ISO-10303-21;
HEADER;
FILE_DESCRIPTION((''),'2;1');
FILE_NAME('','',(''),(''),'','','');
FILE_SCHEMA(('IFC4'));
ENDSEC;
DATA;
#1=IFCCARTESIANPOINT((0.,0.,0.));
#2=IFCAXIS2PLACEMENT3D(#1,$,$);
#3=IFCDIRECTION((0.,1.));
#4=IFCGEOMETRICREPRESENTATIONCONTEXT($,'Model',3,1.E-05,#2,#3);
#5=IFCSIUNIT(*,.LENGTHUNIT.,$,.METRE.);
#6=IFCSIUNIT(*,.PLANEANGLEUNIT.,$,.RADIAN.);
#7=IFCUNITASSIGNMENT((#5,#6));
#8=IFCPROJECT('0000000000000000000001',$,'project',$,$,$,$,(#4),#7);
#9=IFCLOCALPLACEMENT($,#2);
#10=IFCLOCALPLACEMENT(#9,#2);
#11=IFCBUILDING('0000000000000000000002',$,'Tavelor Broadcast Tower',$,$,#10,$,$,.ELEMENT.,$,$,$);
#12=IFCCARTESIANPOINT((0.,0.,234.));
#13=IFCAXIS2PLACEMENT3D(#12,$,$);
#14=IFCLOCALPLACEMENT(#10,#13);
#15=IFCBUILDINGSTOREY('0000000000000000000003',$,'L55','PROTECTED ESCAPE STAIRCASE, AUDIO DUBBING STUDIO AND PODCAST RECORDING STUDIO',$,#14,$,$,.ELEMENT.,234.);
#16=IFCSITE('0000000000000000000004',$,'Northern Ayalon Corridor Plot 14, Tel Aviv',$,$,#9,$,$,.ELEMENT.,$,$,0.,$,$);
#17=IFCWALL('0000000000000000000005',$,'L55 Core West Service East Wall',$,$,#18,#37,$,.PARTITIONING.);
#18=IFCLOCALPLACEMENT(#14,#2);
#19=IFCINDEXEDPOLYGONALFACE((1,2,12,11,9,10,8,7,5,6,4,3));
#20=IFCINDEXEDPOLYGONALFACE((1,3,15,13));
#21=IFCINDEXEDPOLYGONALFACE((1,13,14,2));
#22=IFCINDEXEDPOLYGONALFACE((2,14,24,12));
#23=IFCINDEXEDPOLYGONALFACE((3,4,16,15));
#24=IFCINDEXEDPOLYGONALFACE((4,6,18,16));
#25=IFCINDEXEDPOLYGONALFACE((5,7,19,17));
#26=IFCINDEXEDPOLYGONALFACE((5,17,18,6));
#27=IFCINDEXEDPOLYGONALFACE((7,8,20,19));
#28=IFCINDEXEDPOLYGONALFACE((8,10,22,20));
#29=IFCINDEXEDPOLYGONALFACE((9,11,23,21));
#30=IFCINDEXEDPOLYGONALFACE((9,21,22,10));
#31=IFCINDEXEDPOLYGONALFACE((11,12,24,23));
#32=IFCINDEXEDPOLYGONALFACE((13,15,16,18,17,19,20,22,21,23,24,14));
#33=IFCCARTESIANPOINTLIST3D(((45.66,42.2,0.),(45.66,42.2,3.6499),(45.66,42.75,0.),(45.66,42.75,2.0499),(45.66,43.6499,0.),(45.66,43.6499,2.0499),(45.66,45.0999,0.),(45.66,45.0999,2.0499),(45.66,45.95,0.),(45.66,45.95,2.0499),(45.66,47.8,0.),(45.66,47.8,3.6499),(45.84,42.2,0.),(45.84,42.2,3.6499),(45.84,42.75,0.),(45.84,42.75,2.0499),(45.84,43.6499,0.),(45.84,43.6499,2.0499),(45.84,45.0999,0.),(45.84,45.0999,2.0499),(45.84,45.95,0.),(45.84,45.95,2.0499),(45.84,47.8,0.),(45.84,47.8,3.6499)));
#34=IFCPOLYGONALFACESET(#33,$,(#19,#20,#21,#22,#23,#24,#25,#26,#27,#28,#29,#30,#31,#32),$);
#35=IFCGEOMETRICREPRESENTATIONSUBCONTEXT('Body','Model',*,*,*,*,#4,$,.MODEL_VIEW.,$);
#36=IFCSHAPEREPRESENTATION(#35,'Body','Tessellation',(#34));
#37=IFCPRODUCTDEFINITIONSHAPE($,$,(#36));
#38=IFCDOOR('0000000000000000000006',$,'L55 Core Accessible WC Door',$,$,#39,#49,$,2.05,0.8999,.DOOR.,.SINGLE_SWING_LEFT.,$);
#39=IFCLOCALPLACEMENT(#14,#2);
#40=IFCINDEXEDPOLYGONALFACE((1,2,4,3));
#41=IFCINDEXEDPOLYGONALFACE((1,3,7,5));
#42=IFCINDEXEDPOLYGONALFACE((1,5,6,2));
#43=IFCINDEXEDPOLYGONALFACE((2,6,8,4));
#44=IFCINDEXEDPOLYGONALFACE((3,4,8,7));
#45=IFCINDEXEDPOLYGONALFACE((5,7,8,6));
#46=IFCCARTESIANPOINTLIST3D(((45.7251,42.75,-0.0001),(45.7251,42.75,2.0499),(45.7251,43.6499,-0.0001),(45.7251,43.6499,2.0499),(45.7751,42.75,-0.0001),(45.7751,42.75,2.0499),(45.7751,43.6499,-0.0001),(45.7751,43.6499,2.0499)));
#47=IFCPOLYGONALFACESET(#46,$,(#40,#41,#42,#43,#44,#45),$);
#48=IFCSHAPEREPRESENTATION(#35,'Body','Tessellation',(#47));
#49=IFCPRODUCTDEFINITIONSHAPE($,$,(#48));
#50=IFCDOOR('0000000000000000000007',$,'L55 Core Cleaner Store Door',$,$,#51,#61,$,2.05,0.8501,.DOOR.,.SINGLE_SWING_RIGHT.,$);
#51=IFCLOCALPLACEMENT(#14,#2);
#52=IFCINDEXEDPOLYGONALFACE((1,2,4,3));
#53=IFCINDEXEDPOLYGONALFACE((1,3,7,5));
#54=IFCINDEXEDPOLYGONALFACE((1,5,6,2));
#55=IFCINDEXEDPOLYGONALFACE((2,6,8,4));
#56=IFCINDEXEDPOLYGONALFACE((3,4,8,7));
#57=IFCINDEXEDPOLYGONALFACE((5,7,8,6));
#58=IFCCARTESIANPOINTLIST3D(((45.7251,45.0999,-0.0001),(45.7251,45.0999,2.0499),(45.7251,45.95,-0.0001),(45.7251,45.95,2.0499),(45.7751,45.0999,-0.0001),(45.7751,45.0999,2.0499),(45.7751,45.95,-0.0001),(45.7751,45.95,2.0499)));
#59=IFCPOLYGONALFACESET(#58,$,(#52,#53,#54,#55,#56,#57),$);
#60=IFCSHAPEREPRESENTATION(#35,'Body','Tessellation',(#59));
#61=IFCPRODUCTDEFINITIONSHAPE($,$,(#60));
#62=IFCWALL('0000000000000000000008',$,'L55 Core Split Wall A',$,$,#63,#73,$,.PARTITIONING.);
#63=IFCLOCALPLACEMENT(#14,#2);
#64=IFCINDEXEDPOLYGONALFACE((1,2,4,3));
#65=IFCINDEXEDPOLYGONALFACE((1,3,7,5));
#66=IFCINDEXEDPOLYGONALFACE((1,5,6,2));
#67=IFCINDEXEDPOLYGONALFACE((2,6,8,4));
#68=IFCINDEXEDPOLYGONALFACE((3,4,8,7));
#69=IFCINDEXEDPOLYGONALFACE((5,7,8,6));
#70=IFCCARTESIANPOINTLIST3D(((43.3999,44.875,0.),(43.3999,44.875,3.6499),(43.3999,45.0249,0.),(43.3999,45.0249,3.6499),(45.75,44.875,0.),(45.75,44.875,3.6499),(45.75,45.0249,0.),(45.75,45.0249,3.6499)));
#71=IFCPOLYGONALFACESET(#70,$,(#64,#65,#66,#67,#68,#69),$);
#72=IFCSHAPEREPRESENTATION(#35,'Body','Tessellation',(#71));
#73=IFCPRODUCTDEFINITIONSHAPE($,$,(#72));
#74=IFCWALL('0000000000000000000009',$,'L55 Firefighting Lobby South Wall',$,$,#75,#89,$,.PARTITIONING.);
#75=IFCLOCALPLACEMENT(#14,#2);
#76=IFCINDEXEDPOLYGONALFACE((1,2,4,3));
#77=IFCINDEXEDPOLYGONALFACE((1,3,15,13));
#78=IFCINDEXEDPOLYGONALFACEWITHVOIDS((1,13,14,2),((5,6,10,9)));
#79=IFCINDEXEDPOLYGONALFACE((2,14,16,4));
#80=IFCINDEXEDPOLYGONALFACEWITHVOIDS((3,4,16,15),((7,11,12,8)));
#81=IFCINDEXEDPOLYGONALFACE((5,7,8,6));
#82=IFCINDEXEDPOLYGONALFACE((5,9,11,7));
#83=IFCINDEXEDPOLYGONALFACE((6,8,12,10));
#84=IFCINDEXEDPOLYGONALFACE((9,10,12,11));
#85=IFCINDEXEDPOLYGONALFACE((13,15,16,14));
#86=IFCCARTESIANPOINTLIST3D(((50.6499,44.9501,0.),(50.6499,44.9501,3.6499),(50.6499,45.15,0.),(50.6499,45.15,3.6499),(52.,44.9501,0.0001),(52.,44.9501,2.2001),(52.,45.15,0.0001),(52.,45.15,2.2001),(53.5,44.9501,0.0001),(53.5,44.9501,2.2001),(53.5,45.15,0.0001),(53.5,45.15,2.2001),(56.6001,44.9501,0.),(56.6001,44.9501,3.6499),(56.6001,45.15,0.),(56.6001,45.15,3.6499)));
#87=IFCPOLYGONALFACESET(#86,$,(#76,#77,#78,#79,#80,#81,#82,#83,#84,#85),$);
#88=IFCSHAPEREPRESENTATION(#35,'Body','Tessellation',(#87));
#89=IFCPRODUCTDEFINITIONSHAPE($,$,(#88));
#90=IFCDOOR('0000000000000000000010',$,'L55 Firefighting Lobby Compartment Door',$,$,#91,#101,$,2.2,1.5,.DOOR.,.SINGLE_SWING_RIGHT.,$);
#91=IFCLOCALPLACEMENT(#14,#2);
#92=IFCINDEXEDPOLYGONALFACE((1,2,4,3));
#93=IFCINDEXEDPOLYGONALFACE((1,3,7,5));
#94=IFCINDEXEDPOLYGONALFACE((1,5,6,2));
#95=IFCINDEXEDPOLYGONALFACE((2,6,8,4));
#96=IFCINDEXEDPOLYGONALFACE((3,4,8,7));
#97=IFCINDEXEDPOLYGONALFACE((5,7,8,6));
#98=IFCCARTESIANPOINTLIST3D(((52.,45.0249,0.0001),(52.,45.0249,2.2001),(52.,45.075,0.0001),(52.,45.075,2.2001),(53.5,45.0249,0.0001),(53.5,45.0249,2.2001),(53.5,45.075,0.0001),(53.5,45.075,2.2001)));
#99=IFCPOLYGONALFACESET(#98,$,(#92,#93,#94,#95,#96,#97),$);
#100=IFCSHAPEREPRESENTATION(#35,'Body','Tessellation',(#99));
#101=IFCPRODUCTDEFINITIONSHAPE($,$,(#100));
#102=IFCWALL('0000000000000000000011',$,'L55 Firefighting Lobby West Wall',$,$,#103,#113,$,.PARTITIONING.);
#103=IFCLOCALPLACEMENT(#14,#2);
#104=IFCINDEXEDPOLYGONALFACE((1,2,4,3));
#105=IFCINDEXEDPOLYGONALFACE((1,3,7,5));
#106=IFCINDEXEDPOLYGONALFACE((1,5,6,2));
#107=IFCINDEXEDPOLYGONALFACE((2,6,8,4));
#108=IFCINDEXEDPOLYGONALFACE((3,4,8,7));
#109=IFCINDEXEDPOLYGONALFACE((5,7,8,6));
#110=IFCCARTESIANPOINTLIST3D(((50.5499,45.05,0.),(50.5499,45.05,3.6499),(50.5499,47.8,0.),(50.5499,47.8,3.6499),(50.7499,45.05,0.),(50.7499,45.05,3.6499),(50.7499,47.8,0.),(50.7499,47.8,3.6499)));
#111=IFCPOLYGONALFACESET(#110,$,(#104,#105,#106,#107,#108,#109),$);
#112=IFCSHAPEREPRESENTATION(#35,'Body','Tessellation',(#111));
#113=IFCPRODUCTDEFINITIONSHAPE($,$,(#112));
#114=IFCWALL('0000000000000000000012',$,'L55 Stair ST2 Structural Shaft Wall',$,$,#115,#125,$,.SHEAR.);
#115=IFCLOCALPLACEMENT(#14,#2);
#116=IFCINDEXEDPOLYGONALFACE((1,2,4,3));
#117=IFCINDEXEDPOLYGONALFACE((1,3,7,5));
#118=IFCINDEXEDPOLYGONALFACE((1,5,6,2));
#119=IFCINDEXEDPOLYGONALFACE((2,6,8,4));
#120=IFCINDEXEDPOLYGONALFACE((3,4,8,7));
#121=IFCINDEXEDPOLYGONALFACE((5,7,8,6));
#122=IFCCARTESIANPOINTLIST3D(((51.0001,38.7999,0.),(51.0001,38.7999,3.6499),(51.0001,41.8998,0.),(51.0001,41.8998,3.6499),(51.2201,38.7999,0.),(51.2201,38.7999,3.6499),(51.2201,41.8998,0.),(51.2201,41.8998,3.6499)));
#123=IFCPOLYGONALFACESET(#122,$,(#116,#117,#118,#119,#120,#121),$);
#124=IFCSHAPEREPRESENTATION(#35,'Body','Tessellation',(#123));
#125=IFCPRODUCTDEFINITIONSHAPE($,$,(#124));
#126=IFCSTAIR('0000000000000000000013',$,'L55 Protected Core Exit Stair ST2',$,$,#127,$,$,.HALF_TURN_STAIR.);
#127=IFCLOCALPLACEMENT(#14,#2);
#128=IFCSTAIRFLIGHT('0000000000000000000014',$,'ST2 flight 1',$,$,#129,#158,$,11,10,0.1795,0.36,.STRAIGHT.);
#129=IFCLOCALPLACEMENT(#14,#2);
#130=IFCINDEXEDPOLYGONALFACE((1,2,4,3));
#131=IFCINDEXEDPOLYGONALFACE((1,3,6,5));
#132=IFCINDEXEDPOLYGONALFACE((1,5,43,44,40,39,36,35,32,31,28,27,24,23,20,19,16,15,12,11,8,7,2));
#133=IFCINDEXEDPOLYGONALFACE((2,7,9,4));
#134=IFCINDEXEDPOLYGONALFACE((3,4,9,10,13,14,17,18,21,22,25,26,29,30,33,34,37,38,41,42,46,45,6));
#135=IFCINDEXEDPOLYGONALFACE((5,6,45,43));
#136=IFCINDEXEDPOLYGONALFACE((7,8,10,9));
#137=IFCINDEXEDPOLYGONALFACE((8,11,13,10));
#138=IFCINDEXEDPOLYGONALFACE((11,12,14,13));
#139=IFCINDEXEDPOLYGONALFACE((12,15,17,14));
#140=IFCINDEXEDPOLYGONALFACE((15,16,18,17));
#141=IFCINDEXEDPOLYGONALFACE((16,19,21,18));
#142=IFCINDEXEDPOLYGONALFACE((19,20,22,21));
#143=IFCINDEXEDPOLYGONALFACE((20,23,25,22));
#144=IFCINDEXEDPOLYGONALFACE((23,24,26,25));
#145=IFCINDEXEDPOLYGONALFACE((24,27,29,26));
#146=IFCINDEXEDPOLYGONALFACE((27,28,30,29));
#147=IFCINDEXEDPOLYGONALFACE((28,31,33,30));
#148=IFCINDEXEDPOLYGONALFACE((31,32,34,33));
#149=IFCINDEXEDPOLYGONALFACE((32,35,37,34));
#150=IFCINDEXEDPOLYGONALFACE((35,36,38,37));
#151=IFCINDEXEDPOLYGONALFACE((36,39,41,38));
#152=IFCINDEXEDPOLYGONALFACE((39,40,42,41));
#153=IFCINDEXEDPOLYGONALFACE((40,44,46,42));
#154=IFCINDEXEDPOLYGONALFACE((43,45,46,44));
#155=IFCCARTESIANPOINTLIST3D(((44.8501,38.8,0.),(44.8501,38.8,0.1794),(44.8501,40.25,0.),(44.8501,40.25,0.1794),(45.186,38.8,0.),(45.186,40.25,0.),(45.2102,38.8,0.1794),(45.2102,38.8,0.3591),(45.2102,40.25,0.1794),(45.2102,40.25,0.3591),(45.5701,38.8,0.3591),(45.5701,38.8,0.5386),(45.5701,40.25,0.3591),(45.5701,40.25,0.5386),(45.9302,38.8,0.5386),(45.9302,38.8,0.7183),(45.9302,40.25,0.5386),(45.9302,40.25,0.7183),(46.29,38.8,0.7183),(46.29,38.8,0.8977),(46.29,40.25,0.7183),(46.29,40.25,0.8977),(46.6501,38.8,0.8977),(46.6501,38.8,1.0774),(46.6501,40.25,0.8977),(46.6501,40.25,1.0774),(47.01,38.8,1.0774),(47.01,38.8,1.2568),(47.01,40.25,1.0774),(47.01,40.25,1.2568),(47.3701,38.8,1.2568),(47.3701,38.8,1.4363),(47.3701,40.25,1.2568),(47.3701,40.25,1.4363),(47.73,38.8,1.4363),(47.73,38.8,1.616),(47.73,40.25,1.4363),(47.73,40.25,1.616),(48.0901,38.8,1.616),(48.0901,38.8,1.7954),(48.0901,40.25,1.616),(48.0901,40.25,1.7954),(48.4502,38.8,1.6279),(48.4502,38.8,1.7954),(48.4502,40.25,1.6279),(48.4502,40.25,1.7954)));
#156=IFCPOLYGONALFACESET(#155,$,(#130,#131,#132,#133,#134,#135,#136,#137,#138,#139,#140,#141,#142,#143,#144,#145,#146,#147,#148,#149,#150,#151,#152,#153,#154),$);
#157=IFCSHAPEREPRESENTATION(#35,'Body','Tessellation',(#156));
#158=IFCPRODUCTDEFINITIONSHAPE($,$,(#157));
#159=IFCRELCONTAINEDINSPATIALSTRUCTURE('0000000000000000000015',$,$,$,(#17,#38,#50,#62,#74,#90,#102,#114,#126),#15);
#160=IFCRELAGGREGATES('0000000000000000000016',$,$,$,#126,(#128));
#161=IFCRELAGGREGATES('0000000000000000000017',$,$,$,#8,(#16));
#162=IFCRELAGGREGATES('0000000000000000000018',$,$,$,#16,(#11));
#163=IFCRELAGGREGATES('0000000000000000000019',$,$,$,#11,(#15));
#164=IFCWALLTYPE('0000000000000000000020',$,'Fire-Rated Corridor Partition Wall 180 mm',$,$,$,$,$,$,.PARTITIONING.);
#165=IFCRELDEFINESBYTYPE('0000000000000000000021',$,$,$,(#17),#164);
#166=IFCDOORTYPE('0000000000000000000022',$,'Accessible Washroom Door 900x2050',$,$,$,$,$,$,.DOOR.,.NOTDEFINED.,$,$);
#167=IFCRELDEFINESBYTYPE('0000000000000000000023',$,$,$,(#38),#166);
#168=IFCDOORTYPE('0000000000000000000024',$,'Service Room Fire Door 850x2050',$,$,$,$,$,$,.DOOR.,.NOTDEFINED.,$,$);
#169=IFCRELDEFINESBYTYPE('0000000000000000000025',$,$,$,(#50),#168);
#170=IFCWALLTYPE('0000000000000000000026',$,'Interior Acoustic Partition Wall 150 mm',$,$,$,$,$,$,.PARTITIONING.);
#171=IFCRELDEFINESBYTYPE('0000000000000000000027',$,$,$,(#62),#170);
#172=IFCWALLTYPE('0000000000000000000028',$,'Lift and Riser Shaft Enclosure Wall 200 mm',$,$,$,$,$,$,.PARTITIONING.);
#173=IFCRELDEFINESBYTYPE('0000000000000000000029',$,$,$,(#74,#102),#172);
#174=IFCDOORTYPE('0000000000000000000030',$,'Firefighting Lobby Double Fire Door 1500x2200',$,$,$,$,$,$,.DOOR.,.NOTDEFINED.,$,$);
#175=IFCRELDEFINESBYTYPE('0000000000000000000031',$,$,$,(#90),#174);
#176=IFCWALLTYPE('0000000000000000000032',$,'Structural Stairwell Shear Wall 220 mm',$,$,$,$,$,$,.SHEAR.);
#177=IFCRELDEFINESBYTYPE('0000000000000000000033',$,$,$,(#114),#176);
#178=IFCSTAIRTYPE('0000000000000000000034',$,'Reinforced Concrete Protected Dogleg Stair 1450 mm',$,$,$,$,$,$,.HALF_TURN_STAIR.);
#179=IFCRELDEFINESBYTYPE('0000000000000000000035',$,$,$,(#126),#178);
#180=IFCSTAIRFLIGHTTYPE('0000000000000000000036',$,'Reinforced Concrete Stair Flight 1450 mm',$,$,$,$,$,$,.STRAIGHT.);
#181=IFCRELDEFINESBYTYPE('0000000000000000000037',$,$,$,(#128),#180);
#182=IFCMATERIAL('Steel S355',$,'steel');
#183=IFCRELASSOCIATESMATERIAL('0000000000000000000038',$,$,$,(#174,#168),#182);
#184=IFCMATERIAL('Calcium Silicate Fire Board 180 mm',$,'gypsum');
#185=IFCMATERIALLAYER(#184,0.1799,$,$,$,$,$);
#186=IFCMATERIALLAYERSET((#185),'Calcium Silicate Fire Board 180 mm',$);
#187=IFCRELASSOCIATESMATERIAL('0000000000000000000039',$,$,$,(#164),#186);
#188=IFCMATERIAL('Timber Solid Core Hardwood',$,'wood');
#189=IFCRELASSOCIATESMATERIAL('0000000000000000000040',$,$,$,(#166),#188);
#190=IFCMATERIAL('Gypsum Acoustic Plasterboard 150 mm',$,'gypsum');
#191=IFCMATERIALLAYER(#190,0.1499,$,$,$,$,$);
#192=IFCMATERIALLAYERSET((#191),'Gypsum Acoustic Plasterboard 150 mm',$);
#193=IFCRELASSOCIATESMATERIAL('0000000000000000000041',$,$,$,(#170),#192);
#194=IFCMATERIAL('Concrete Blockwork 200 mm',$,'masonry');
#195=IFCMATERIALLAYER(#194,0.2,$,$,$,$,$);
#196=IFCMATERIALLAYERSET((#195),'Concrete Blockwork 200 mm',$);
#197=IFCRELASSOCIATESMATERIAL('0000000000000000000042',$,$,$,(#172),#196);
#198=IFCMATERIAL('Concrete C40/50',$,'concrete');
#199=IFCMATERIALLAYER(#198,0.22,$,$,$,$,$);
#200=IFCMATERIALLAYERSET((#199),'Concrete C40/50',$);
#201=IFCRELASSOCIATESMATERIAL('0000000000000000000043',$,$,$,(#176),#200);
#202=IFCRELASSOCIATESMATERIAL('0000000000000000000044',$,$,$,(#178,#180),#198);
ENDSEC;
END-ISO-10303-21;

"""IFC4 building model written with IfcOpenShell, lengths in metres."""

from ifc_helpers import new_model, si_unit, direction, frame, frame_2d, origin, place, context, subcontext, project, spatial, polyline, rectangle, outline, extrude, material, layer, layer_set, type_object, element, fill, aggregate, save


model = new_model("IFC4")

# Units and contexts
model_context = context("Model", 3, precision=1e-05, world=origin(), true_north=direction((0.0, 1.0)))
body_context = subcontext(model_context, "Body", "Model", "MODEL_VIEW")
ifc_project = project(units=[si_unit("LENGTHUNIT", "METRE"), si_unit("PLANEANGLEUNIT", "RADIAN")], contexts=[model_context])

# Site, building, storey
site_placement = place(None, origin())
site = spatial("IfcSite", under=ifc_project, at=site_placement, Name="Northern Ayalon Corridor Plot 14, Tel Aviv", CompositionType="ELEMENT", RefElevation=0.0)
building_placement = place(site_placement, origin())
building = spatial("IfcBuilding", under=site, at=building_placement, Name="Tavelor Broadcast Tower", CompositionType="ELEMENT")
storey_placement = place(building_placement, frame((0.0, 0.0, 234.0)))
storey = spatial("IfcBuildingStorey", under=building, at=storey_placement, Name="L55", Description="PROTECTED ESCAPE STAIRCASE, AUDIO DUBBING STUDIO AND PODCAST RECORDING STUDIO", CompositionType="ELEMENT", Elevation=234.0)

# Shared definitions
ifc_material_1 = material(Name="Concrete C40/50", Category="concrete")
ifc_material_2 = material(Name="Steel S355", Category="steel")

# Shared definitions
door_type_1 = type_object("IfcDoorType", Name="Firefighting Lobby Double Fire Door 1500x2200", OperationType="NOTDEFINED", PredefinedType="DOOR", material=ifc_material_2)

# Wall, openings, doors
ifc_material_3 = material(Name="Calcium Silicate Fire Board 180 mm", Category="gypsum")
ifc_layer_1 = layer(ifc_material_3, 0.1799)
ifc_layer_set_1 = layer_set([ifc_layer_1], Name="Calcium Silicate Fire Board 180 mm")
wall_type_1 = type_object("IfcWallType", Name="Fire-Rated Corridor Partition Wall 180 mm", PredefinedType="PARTITIONING", material=ifc_layer_set_1)
wall_1_placement = place(storey_placement, frame((45.75, 42.2, 0.0), z_axis=(0.0, 0.0, 1.0), x_axis=(0.0, 1.0, 0.0)))
wall_1 = element("IfcWall", 1, at=wall_1_placement, inside=storey, type_object=wall_type_1, Name="L55 Core West Service East Wall", PredefinedType="PARTITIONING", context=body_context, shape_type="SweptSolid", body=[
    extrude(rectangle(XDim=5.6001, YDim=0.1799, at=frame_2d((2.8, 0.0))), origin(), (0.0, 0.0, 1.0), 3.6499),
])
opening_1_placement = place(wall_1_placement, frame((0.55, 0.0, 0.0)))
opening_1 = element("IfcOpeningElement", 2, at=opening_1_placement, cuts=wall_1, PredefinedType="OPENING", context=body_context, shape_type="SweptSolid", body=[
    extrude(rectangle(XDim=0.8999, YDim=2.05, at=frame_2d((0.45, 1.0249))), frame((0.0, 0.1001, 0.0), z_axis=(0.0, -1.0, 0.0), x_axis=(1.0, 0.0, 0.0)), (0.0, 0.0, 1.0), 0.2),
])
opening_2_placement = place(wall_1_placement, frame((2.8999, 0.0, 0.0)))
opening_2 = element("IfcOpeningElement", 3, at=opening_2_placement, cuts=wall_1, PredefinedType="OPENING", context=body_context, shape_type="SweptSolid", body=[
    extrude(rectangle(XDim=0.8501, YDim=2.05, at=frame_2d((0.425, 1.0249))), frame((0.0, 0.1001, 0.0), z_axis=(0.0, -1.0, 0.0), x_axis=(1.0, 0.0, 0.0)), (0.0, 0.0, 1.0), 0.2),
])
ifc_material_4 = material(Name="Timber Solid Core Hardwood", Category="wood")
door_type_2 = type_object("IfcDoorType", Name="Accessible Washroom Door 900x2050", OperationType="NOTDEFINED", PredefinedType="DOOR", material=ifc_material_4)
door_1_placement = place(opening_1_placement, origin())
door_1 = element("IfcDoor", 4, at=door_1_placement, inside=storey, type_object=door_type_2, Name="L55 Core Accessible WC Door", OperationType="SINGLE_SWING_LEFT", OverallHeight=2.05, OverallWidth=0.8999, PredefinedType="DOOR", context=body_context, shape_type="SweptSolid", body=[
    extrude(rectangle(XDim=0.8999, YDim=2.05, at=frame_2d((0.45, 1.0249))), frame((0.0, 0.0249, 0.0), z_axis=(0.0, -1.0, 0.0), x_axis=(1.0, 0.0, 0.0)), (0.0, 0.0, 1.0), 0.05),
])
fill(opening_1, door_1)
door_type_3 = type_object("IfcDoorType", Name="Service Room Fire Door 850x2050", OperationType="NOTDEFINED", PredefinedType="DOOR", material=ifc_material_2)
door_2_placement = place(opening_2_placement, origin())
door_2 = element("IfcDoor", 5, at=door_2_placement, inside=storey, type_object=door_type_3, Name="L55 Core Cleaner Store Door", OperationType="SINGLE_SWING_RIGHT", OverallHeight=2.05, OverallWidth=0.8501, PredefinedType="DOOR", context=body_context, shape_type="SweptSolid", body=[
    extrude(rectangle(XDim=0.8501, YDim=2.05, at=frame_2d((0.425, 1.0249))), frame((0.0, 0.0249, 0.0), z_axis=(0.0, -1.0, 0.0), x_axis=(1.0, 0.0, 0.0)), (0.0, 0.0, 1.0), 0.05),
])
fill(opening_2, door_2)

# Wall
ifc_material_5 = material(Name="Gypsum Acoustic Plasterboard 150 mm", Category="gypsum")
ifc_layer_2 = layer(ifc_material_5, 0.1499)
ifc_layer_set_2 = layer_set([ifc_layer_2], Name="Gypsum Acoustic Plasterboard 150 mm")
wall_type_2 = type_object("IfcWallType", Name="Interior Acoustic Partition Wall 150 mm", PredefinedType="PARTITIONING", material=ifc_layer_set_2)
wall_2_placement = place(storey_placement, frame((43.3999, 44.95, 0.0), z_axis=(0.0, 0.0, 1.0), x_axis=(1.0, 0.0, 0.0)))
element("IfcWall", 6, at=wall_2_placement, inside=storey, type_object=wall_type_2, Name="L55 Core Split Wall A", PredefinedType="PARTITIONING", context=body_context, shape_type="SweptSolid", body=[
    extrude(rectangle(XDim=2.3501, YDim=0.1499, at=frame_2d((1.175, 0.0))), origin(), (0.0, 0.0, 1.0), 3.6499),
])

# Wall, opening, door
ifc_material_6 = material(Name="Concrete Blockwork 200 mm", Category="masonry")
ifc_layer_3 = layer(ifc_material_6, 0.2)
ifc_layer_set_3 = layer_set([ifc_layer_3], Name="Concrete Blockwork 200 mm")
wall_type_3 = type_object("IfcWallType", Name="Lift and Riser Shaft Enclosure Wall 200 mm", PredefinedType="PARTITIONING", material=ifc_layer_set_3)
wall_3_placement = place(storey_placement, frame((50.6499, 45.05, 0.0), z_axis=(0.0, 0.0, 1.0), x_axis=(1.0, 0.0, 0.0)))
wall_3 = element("IfcWall", 7, at=wall_3_placement, inside=storey, type_object=wall_type_3, Name="L55 Firefighting Lobby South Wall", PredefinedType="PARTITIONING", context=body_context, shape_type="SweptSolid", body=[
    extrude(rectangle(XDim=5.9502, YDim=0.2, at=frame_2d((2.9751, 0.0))), origin(), (0.0, 0.0, 1.0), 3.6499),
])
opening_3_placement = place(wall_3_placement, frame((1.3501, 0.0, 0.0)))
opening_3 = element("IfcOpeningElement", 8, at=opening_3_placement, cuts=wall_3, PredefinedType="OPENING", context=body_context, shape_type="SweptSolid", body=[
    extrude(rectangle(XDim=1.5, YDim=2.2, at=frame_2d((0.75, 1.1001))), frame((0.0, 0.1099, 0.0), z_axis=(0.0, -1.0, 0.0), x_axis=(1.0, 0.0, 0.0)), (0.0, 0.0, 1.0), 0.22),
])
door_3_placement = place(opening_3_placement, origin())
door_3 = element("IfcDoor", 9, at=door_3_placement, inside=storey, type_object=door_type_1, Name="L55 Firefighting Lobby Compartment Door", OperationType="SINGLE_SWING_RIGHT", OverallHeight=2.2, OverallWidth=1.5, PredefinedType="DOOR", context=body_context, shape_type="SweptSolid", body=[
    extrude(rectangle(XDim=1.5, YDim=2.2, at=frame_2d((0.75, 1.1001))), frame((0.0, 0.0249, 0.0), z_axis=(0.0, -1.0, 0.0), x_axis=(1.0, 0.0, 0.0)), (0.0, 0.0, 1.0), 0.05),
])
fill(opening_3, door_3)

# Walls
wall_4_placement = place(storey_placement, frame((50.6499, 45.05, 0.0), z_axis=(0.0, 0.0, 1.0), x_axis=(0.0, 1.0, 0.0)))
element("IfcWall", 10, at=wall_4_placement, inside=storey, type_object=wall_type_3, Name="L55 Firefighting Lobby West Wall", PredefinedType="PARTITIONING", context=body_context, shape_type="SweptSolid", body=[
    extrude(rectangle(XDim=2.75, YDim=0.2, at=frame_2d((1.375, 0.0))), origin(), (0.0, 0.0, 1.0), 3.6499),
])
ifc_layer_4 = layer(ifc_material_1, 0.22)
ifc_layer_set_4 = layer_set([ifc_layer_4], Name="Concrete C40/50")
wall_type_4 = type_object("IfcWallType", Name="Structural Stairwell Shear Wall 220 mm", PredefinedType="SHEAR", material=ifc_layer_set_4)
wall_5_placement = place(storey_placement, frame((51.1101, 38.8, 0.0), z_axis=(0.0, 0.0, 1.0), x_axis=(0.0, 1.0, 0.0)))
element("IfcWall", 11, at=wall_5_placement, inside=storey, type_object=wall_type_4, Name="L55 Stair ST2 Structural Shaft Wall", PredefinedType="SHEAR", context=body_context, shape_type="SweptSolid", body=[
    extrude(rectangle(XDim=3.0999, YDim=0.22, at=frame_2d((1.5498, 0.0))), origin(), (0.0, 0.0, 1.0), 3.6499),
])

# Stair, stair flight
stair_type = type_object("IfcStairType", Name="Reinforced Concrete Protected Dogleg Stair 1450 mm", PredefinedType="HALF_TURN_STAIR", material=ifc_material_1)
stair_placement = place(storey_placement, origin())
stair = element("IfcStair", 12, at=stair_placement, inside=storey, type_object=stair_type, Name="L55 Protected Core Exit Stair ST2", PredefinedType="HALF_TURN_STAIR")
stair_flight_type = type_object("IfcStairFlightType", Name="Reinforced Concrete Stair Flight 1450 mm", PredefinedType="STRAIGHT", material=ifc_material_1)
stair_flight_1_placement = place(storey_placement, frame((44.8501, 39.5249, 0.0), z_axis=(0.0, 0.0, 1.0), x_axis=(1.0, 0.0, 0.0)))
stair_flight_1 = element("IfcStairFlight", 13, at=stair_flight_1_placement, type_object=stair_flight_type, Name="ST2 flight 1", NumberOfRisers=11, NumberOfTreads=10, PredefinedType="STRAIGHT", RiserHeight=0.1795, TreadLength=0.36, context=body_context, shape_type="SweptSolid", body=[
    extrude(outline(polyline([(0.0, 0.0), (0.0, 0.1794), (0.3601, 0.1794), (0.3601, 0.3591), (0.72, 0.3591), (0.72, 0.5386), (1.0801, 0.5386), (1.0801, 0.7183), (1.4399, 0.7183), (1.4399, 0.8977), (1.8, 0.8977), (1.8, 1.0774), (2.1599, 1.0774), (2.1599, 1.2568), (2.52, 1.2568), (2.52, 1.4363), (2.8799, 1.4363), (2.8799, 1.616), (3.24, 1.616), (3.24, 1.7954), (3.6001, 1.7954), (3.6001, 1.9751), (3.6001, 1.6279), (0.3359, 0.0), (0.0, 0.0)])), frame((0.0, 0.7251, 0.0), z_axis=(0.0, -1.0, 0.0), x_axis=(1.0, 0.0, 0.0)), (0.0, 0.0, 1.0), 1.45),
])
aggregate(stair, [stair_flight_1])

save(model, "model.ifc")
